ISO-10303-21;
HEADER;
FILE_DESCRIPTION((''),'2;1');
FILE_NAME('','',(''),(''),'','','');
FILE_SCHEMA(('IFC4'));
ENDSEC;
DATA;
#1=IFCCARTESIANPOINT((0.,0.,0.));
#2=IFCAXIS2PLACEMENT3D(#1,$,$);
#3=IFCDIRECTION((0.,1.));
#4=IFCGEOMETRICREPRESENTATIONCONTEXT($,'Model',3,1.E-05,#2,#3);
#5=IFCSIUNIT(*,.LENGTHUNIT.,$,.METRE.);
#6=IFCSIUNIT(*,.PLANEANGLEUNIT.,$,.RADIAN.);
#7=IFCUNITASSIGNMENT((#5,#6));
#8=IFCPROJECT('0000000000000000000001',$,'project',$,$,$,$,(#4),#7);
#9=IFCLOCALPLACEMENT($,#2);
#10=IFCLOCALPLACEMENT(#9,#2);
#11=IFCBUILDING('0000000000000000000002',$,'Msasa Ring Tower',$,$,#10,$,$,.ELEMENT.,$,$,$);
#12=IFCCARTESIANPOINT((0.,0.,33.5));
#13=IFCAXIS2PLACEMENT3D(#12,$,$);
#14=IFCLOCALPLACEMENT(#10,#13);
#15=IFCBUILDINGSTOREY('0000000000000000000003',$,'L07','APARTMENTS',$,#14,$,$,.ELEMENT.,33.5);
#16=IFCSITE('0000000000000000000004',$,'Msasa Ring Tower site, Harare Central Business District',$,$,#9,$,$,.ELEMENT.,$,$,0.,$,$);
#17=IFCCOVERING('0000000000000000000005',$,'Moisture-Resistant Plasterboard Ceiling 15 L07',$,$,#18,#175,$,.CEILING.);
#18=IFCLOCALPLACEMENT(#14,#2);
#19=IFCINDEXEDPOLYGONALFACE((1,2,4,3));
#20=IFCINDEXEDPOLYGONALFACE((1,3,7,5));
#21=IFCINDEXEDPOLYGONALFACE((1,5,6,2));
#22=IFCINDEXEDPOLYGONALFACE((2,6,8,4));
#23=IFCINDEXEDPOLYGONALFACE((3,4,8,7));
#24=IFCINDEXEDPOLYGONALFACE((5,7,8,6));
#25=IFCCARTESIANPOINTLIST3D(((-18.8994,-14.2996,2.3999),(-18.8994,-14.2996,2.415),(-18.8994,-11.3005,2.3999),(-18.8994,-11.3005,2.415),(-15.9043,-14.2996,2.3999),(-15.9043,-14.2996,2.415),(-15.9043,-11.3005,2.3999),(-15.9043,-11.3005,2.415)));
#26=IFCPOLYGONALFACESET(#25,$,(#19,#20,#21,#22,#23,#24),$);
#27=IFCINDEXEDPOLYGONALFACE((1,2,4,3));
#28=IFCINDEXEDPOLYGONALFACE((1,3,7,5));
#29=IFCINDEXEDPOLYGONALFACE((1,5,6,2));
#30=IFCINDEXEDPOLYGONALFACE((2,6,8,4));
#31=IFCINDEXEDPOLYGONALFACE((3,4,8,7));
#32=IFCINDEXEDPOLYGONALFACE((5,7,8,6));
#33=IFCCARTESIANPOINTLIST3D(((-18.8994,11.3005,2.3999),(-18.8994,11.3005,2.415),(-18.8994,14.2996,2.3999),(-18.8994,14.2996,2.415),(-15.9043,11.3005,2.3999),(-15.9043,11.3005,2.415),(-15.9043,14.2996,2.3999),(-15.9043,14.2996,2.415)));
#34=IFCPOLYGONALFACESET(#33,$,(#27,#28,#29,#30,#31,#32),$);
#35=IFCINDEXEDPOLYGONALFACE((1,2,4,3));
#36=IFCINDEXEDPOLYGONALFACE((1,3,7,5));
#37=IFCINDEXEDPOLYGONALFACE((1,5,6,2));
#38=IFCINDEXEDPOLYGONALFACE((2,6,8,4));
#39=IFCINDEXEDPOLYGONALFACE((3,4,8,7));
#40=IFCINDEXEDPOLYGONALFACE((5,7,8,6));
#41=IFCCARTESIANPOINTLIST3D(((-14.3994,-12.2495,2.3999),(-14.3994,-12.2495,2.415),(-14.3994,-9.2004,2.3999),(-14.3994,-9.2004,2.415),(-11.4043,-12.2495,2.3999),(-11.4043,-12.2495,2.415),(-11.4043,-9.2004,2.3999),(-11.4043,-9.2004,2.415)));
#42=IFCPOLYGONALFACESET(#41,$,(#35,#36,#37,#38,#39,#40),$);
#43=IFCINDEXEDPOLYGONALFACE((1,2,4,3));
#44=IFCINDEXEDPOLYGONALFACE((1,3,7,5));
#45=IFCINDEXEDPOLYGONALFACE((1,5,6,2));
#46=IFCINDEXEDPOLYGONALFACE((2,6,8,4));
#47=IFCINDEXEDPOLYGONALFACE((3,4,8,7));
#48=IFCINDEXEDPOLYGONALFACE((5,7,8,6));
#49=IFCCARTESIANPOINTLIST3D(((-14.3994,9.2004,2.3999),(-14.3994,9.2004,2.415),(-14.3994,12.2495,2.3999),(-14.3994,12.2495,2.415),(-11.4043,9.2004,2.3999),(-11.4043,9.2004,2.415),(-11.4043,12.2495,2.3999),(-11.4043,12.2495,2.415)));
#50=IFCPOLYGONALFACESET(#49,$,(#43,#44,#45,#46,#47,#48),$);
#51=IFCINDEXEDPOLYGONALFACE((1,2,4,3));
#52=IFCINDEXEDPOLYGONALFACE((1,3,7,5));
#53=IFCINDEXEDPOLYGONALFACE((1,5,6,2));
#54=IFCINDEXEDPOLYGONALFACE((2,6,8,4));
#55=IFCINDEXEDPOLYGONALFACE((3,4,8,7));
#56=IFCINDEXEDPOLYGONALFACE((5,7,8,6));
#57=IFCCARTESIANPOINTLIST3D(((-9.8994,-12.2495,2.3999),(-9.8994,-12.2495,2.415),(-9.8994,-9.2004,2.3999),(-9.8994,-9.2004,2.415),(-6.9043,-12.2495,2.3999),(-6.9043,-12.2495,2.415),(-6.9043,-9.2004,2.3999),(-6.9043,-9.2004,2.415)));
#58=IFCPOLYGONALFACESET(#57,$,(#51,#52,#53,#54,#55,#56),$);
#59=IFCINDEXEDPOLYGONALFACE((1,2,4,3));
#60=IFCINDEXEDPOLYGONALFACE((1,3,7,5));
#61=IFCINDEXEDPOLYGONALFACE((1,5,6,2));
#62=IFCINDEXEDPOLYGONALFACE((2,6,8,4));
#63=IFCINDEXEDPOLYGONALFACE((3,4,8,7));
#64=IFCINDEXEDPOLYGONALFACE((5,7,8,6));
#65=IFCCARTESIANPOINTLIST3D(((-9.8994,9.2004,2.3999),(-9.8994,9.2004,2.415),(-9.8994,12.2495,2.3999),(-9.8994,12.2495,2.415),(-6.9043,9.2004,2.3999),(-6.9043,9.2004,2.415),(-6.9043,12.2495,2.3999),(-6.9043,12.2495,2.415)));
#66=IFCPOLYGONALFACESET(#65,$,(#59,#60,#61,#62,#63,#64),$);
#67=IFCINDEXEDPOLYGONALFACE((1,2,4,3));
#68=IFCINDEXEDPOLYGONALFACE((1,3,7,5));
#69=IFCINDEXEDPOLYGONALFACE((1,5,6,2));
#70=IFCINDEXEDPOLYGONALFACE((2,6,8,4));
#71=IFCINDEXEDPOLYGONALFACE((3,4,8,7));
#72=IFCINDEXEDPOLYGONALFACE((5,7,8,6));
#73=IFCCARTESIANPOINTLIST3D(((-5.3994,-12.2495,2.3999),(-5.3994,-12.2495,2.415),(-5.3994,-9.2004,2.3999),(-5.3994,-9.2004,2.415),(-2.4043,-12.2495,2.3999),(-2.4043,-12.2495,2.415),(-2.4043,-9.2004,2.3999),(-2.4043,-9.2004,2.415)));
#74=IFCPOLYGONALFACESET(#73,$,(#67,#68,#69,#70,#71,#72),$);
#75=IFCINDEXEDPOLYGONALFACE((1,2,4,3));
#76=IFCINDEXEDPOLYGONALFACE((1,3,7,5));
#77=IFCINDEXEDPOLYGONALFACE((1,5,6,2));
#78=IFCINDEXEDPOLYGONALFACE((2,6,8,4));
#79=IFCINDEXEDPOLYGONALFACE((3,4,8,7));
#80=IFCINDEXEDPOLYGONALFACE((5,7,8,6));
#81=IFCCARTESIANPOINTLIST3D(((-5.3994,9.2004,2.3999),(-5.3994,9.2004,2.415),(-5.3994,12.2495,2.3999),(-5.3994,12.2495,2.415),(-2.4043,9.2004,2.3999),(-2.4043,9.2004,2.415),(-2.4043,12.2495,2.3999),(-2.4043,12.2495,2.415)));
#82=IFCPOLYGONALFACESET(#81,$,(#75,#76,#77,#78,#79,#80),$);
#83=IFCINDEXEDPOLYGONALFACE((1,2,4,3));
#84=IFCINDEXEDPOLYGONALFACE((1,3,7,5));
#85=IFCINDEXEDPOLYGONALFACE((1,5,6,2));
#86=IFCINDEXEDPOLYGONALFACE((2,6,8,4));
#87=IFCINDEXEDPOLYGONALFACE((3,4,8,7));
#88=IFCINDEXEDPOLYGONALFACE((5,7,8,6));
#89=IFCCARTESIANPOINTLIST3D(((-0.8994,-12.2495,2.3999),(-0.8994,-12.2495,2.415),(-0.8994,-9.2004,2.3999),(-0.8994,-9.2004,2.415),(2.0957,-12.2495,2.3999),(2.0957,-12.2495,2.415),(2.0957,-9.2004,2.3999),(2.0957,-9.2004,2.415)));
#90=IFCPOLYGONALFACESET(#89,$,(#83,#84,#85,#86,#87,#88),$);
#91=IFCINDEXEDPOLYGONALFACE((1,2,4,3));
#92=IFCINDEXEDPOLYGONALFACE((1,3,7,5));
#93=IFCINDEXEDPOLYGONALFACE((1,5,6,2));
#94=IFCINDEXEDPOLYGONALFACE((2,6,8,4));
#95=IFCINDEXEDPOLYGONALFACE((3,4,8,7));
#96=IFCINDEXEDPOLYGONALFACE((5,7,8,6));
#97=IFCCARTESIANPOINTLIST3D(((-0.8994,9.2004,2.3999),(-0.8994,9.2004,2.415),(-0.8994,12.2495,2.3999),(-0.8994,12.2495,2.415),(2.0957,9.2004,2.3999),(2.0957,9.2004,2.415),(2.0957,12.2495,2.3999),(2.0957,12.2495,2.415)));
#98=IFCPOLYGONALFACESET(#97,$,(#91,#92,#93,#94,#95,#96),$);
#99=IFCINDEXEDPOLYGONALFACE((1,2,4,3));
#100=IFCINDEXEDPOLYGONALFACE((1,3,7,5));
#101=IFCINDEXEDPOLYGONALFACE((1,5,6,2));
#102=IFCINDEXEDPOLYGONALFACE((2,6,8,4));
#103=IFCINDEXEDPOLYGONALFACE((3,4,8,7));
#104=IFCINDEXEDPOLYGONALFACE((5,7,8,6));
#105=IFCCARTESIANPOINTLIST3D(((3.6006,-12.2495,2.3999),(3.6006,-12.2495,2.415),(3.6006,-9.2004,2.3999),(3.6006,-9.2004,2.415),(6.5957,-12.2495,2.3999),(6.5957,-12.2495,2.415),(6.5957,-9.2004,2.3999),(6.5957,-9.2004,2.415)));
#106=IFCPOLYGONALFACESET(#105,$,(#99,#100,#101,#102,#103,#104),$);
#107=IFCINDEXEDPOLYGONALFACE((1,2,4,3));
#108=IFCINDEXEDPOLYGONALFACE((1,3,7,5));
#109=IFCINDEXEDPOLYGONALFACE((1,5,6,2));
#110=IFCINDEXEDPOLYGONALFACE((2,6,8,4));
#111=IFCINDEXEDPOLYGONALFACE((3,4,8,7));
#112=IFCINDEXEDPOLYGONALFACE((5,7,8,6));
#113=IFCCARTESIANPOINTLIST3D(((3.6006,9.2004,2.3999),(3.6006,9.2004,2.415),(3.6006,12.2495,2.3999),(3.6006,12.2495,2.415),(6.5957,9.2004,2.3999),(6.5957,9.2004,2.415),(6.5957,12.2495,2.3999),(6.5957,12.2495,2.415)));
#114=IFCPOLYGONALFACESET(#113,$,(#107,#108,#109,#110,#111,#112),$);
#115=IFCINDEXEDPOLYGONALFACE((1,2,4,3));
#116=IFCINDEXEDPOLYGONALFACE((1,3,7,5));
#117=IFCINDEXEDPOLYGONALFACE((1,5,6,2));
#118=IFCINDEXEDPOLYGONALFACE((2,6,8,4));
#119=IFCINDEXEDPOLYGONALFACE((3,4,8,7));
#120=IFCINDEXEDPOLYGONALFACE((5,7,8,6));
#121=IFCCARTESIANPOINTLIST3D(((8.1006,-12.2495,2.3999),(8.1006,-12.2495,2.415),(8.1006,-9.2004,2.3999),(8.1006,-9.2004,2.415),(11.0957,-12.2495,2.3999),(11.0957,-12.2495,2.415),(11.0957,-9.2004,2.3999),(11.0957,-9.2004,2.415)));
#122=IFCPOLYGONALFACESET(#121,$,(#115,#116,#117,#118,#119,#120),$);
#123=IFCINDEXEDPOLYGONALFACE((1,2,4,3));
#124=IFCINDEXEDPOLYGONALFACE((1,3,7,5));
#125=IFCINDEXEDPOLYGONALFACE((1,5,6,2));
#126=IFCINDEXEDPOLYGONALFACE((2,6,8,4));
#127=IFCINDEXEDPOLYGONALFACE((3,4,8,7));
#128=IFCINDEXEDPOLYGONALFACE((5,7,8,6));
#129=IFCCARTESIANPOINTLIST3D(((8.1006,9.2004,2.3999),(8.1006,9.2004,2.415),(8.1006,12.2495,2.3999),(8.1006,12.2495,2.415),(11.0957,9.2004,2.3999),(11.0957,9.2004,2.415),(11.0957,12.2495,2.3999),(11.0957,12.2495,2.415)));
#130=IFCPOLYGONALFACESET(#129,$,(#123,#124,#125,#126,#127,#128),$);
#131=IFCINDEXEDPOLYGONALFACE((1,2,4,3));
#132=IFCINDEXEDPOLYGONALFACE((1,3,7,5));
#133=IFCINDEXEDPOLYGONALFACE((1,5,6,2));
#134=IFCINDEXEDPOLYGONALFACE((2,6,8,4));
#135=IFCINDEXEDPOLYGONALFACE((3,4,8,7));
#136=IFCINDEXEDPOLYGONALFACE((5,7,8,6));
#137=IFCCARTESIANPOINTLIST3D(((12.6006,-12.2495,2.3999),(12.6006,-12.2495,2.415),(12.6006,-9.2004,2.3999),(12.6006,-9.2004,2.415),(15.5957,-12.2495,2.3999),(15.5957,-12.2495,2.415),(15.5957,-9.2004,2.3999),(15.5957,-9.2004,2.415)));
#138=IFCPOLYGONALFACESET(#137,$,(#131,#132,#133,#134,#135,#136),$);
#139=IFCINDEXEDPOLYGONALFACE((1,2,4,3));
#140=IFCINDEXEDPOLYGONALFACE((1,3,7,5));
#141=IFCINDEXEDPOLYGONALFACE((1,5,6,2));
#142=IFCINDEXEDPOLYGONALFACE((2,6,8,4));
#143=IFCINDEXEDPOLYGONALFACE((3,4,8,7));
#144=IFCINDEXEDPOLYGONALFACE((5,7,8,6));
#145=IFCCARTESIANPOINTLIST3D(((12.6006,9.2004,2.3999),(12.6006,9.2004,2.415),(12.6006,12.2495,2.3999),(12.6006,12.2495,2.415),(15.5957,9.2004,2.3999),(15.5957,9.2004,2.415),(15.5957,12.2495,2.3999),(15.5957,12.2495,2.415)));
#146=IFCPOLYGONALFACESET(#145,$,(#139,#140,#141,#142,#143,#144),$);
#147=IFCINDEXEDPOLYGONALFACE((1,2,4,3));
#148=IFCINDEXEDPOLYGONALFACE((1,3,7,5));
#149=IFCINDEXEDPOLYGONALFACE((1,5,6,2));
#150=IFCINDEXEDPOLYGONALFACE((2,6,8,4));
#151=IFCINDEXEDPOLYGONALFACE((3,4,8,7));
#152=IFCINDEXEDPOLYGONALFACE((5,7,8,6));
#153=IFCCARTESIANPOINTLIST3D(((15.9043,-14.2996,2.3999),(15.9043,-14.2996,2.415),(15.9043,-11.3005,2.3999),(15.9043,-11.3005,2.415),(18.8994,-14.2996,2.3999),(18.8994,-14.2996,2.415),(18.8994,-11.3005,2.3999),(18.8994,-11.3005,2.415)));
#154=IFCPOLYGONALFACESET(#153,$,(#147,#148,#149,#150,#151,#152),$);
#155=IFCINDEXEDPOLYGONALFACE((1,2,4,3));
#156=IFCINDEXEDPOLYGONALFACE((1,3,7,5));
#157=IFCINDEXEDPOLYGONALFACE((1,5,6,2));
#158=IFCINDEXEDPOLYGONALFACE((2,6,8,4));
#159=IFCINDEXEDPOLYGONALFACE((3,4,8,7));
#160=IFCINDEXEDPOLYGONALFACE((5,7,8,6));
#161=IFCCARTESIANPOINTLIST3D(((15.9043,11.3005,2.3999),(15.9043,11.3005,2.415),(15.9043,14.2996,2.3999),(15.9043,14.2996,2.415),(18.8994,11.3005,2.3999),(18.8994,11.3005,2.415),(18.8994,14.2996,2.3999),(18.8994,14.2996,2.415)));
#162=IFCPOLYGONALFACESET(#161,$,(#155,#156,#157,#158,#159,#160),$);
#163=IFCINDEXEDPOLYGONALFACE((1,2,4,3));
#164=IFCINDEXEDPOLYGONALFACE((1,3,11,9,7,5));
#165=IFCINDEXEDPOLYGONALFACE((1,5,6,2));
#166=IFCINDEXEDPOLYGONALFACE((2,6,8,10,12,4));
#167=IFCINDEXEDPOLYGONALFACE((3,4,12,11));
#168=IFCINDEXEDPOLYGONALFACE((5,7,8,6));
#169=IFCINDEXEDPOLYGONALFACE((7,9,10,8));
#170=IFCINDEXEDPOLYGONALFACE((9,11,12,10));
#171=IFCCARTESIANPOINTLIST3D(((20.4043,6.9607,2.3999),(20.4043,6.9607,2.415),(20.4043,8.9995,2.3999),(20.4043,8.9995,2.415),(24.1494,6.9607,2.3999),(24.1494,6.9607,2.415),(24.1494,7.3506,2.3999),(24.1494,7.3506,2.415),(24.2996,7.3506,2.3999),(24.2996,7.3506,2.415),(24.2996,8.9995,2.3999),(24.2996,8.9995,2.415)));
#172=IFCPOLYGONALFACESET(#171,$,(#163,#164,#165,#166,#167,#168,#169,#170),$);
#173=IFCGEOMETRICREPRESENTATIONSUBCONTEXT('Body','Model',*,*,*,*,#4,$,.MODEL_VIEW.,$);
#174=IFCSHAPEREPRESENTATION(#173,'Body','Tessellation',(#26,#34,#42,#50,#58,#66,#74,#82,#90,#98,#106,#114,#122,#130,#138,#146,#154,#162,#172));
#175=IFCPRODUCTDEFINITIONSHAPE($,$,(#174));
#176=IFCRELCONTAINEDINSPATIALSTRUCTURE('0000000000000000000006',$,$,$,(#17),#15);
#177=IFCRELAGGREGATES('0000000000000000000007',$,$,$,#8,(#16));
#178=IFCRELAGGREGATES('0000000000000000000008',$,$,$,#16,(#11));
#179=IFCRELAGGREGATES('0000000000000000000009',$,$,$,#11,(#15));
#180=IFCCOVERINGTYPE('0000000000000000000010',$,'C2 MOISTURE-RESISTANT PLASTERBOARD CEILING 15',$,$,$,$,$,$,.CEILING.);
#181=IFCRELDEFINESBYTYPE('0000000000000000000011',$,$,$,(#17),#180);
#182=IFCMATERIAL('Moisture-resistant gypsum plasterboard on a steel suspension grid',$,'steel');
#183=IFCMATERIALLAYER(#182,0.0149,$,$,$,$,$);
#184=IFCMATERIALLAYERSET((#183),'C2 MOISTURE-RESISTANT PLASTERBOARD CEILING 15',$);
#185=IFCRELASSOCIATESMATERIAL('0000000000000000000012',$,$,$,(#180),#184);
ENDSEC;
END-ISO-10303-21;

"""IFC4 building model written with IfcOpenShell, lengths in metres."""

from ifc_helpers import new_model, si_unit, direction, frame, origin, place, context, subcontext, project, spatial, line, indexed_curve, outline, extrude, material, layer, layer_set, type_object, element, save


model = new_model("IFC4")

# Units and contexts
model_context = context("Model", 3, precision=1e-05, world=origin(), true_north=direction((0.0, 1.0)))
body_context = subcontext(model_context, "Body", "Model", "MODEL_VIEW")
ifc_project = project(units=[si_unit("LENGTHUNIT", "METRE"), si_unit("PLANEANGLEUNIT", "RADIAN")], contexts=[model_context])

# Site, building, storey
site_placement = place(None, origin())
site = spatial("IfcSite", under=ifc_project, at=site_placement, Name="Msasa Ring Tower site, Harare Central Business District", CompositionType="ELEMENT", RefElevation=0.0)
building_placement = place(site_placement, origin())
building = spatial("IfcBuilding", under=site, at=building_placement, Name="Msasa Ring Tower", CompositionType="ELEMENT")
storey_placement = place(building_placement, frame((0.0, 0.0, 33.5)))
storey = spatial("IfcBuildingStorey", under=building, at=storey_placement, Name="L07", Description="APARTMENTS", CompositionType="ELEMENT", Elevation=33.5)

# Covering
ifc_material_1 = material(Name="Moisture-resistant gypsum plasterboard on a steel suspension grid", Category="steel")
ifc_layer_1 = layer(ifc_material_1, 0.0149)
ifc_layer_set_1 = layer_set([ifc_layer_1], Name="C2 MOISTURE-RESISTANT PLASTERBOARD CEILING 15")
covering_type_1 = type_object("IfcCoveringType", Name="C2 MOISTURE-RESISTANT PLASTERBOARD CEILING 15", PredefinedType="CEILING", material=ifc_layer_set_1)
covering_1_placement = place(storey_placement, frame((0.0, 0.0, 2.3999)))
element("IfcCovering", 1, at=covering_1_placement, inside=storey, type_object=covering_type_1, Name="Moisture-Resistant Plasterboard Ceiling 15 L07", PredefinedType="CEILING", context=body_context, shape_type="SweptSolid", body=[
    extrude(outline(indexed_curve([(-18.8994, -11.3005), (-15.9043, -11.3005), (-15.9043, -14.2996), (-18.8994, -14.2996)], segments=[line(1, 2, 3, 4, 1)], self_intersect=False)), origin(), (0.0, 0.0, 1.0), 0.0151),
    extrude(outline(indexed_curve([(-18.8994, 14.2996), (-15.9043, 14.2996), (-15.9043, 11.3005), (-18.8994, 11.3005)], segments=[line(1, 2, 3, 4, 1)], self_intersect=False)), origin(), (0.0, 0.0, 1.0), 0.0151),
    extrude(outline(indexed_curve([(-14.3994, -9.2004), (-11.4043, -9.2004), (-11.4043, -12.2495), (-14.3994, -12.2495)], segments=[line(1, 2, 3, 4, 1)], self_intersect=False)), origin(), (0.0, 0.0, 1.0), 0.0151),
    extrude(outline(indexed_curve([(-14.3994, 12.2495), (-11.4043, 12.2495), (-11.4043, 9.2004), (-14.3994, 9.2004)], segments=[line(1, 2, 3, 4, 1)], self_intersect=False)), origin(), (0.0, 0.0, 1.0), 0.0151),
    extrude(outline(indexed_curve([(-9.8994, -9.2004), (-6.9043, -9.2004), (-6.9043, -12.2495), (-9.8994, -12.2495)], segments=[line(1, 2, 3, 4, 1)], self_intersect=False)), origin(), (0.0, 0.0, 1.0), 0.0151),
    extrude(outline(indexed_curve([(-9.8994, 12.2495), (-6.9043, 12.2495), (-6.9043, 9.2004), (-9.8994, 9.2004)], segments=[line(1, 2, 3, 4, 1)], self_intersect=False)), origin(), (0.0, 0.0, 1.0), 0.0151),
    extrude(outline(indexed_curve([(-5.3994, -9.2004), (-2.4043, -9.2004), (-2.4043, -12.2495), (-5.3994, -12.2495)], segments=[line(1, 2, 3, 4, 1)], self_intersect=False)), origin(), (0.0, 0.0, 1.0), 0.0151),
    extrude(outline(indexed_curve([(-2.4043, 12.2495), (-2.4043, 9.2004), (-5.3994, 9.2004), (-5.3994, 12.2495)], segments=[line(1, 2, 3, 4, 1)], self_intersect=False)), origin(), (0.0, 0.0, 1.0), 0.0151),
    extrude(outline(indexed_curve([(-0.8994, -9.2004), (2.0957, -9.2004), (2.0957, -12.2495), (-0.8994, -12.2495)], segments=[line(1, 2, 3, 4, 1)], self_intersect=False)), origin(), (0.0, 0.0, 1.0), 0.0151),
    extrude(outline(indexed_curve([(2.0957, 12.2495), (2.0957, 9.2004), (-0.8994, 9.2004), (-0.8994, 12.2495)], segments=[line(1, 2, 3, 4, 1)], self_intersect=False)), origin(), (0.0, 0.0, 1.0), 0.0151),
    extrude(outline(indexed_curve([(3.6006, -9.2004), (6.5957, -9.2004), (6.5957, -12.2495), (3.6006, -12.2495)], segments=[line(1, 2, 3, 4, 1)], self_intersect=False)), origin(), (0.0, 0.0, 1.0), 0.0151),
    extrude(outline(indexed_curve([(3.6006, 12.2495), (6.5957, 12.2495), (6.5957, 9.2004), (3.6006, 9.2004)], segments=[line(1, 2, 3, 4, 1)], self_intersect=False)), origin(), (0.0, 0.0, 1.0), 0.0151),
    extrude(outline(indexed_curve([(11.0957, -9.2004), (11.0957, -12.2495), (8.1006, -12.2495), (8.1006, -9.2004)], segments=[line(1, 2, 3, 4, 1)], self_intersect=False)), origin(), (0.0, 0.0, 1.0), 0.0151),
    extrude(outline(indexed_curve([(8.1006, 12.2495), (11.0957, 12.2495), (11.0957, 9.2004), (8.1006, 9.2004)], segments=[line(1, 2, 3, 4, 1)], self_intersect=False)), origin(), (0.0, 0.0, 1.0), 0.0151),
    extrude(outline(indexed_curve([(15.5957, -9.2004), (15.5957, -12.2495), (12.6006, -12.2495), (12.6006, -9.2004)], segments=[line(1, 2, 3, 4, 1)], self_intersect=False)), origin(), (0.0, 0.0, 1.0), 0.0151),
    extrude(outline(indexed_curve([(15.5957, 12.2495), (15.5957, 9.2004), (12.6006, 9.2004), (12.6006, 12.2495)], segments=[line(1, 2, 3, 4, 1)], self_intersect=False)), origin(), (0.0, 0.0, 1.0), 0.0151),
    extrude(outline(indexed_curve([(18.8994, -11.3005), (18.8994, -14.2996), (15.9043, -14.2996), (15.9043, -11.3005)], segments=[line(1, 2, 3, 4, 1)], self_intersect=False)), origin(), (0.0, 0.0, 1.0), 0.0151),
    extrude(outline(indexed_curve([(18.8994, 14.2996), (18.8994, 11.3005), (15.9043, 11.3005), (15.9043, 14.2996)], segments=[line(1, 2, 3, 4, 1)], self_intersect=False)), origin(), (0.0, 0.0, 1.0), 0.0151),
    extrude(outline(indexed_curve([(24.2996, 8.9995), (24.2996, 7.3506), (24.1494, 7.3506), (24.1494, 6.9607), (20.4043, 6.9607), (20.4043, 8.9995)], segments=[line(1, 2, 3, 4, 5, 6, 1)], self_intersect=False)), origin(), (0.0, 0.0, 1.0), 0.0151),
])

save(model, "model.ifc")
